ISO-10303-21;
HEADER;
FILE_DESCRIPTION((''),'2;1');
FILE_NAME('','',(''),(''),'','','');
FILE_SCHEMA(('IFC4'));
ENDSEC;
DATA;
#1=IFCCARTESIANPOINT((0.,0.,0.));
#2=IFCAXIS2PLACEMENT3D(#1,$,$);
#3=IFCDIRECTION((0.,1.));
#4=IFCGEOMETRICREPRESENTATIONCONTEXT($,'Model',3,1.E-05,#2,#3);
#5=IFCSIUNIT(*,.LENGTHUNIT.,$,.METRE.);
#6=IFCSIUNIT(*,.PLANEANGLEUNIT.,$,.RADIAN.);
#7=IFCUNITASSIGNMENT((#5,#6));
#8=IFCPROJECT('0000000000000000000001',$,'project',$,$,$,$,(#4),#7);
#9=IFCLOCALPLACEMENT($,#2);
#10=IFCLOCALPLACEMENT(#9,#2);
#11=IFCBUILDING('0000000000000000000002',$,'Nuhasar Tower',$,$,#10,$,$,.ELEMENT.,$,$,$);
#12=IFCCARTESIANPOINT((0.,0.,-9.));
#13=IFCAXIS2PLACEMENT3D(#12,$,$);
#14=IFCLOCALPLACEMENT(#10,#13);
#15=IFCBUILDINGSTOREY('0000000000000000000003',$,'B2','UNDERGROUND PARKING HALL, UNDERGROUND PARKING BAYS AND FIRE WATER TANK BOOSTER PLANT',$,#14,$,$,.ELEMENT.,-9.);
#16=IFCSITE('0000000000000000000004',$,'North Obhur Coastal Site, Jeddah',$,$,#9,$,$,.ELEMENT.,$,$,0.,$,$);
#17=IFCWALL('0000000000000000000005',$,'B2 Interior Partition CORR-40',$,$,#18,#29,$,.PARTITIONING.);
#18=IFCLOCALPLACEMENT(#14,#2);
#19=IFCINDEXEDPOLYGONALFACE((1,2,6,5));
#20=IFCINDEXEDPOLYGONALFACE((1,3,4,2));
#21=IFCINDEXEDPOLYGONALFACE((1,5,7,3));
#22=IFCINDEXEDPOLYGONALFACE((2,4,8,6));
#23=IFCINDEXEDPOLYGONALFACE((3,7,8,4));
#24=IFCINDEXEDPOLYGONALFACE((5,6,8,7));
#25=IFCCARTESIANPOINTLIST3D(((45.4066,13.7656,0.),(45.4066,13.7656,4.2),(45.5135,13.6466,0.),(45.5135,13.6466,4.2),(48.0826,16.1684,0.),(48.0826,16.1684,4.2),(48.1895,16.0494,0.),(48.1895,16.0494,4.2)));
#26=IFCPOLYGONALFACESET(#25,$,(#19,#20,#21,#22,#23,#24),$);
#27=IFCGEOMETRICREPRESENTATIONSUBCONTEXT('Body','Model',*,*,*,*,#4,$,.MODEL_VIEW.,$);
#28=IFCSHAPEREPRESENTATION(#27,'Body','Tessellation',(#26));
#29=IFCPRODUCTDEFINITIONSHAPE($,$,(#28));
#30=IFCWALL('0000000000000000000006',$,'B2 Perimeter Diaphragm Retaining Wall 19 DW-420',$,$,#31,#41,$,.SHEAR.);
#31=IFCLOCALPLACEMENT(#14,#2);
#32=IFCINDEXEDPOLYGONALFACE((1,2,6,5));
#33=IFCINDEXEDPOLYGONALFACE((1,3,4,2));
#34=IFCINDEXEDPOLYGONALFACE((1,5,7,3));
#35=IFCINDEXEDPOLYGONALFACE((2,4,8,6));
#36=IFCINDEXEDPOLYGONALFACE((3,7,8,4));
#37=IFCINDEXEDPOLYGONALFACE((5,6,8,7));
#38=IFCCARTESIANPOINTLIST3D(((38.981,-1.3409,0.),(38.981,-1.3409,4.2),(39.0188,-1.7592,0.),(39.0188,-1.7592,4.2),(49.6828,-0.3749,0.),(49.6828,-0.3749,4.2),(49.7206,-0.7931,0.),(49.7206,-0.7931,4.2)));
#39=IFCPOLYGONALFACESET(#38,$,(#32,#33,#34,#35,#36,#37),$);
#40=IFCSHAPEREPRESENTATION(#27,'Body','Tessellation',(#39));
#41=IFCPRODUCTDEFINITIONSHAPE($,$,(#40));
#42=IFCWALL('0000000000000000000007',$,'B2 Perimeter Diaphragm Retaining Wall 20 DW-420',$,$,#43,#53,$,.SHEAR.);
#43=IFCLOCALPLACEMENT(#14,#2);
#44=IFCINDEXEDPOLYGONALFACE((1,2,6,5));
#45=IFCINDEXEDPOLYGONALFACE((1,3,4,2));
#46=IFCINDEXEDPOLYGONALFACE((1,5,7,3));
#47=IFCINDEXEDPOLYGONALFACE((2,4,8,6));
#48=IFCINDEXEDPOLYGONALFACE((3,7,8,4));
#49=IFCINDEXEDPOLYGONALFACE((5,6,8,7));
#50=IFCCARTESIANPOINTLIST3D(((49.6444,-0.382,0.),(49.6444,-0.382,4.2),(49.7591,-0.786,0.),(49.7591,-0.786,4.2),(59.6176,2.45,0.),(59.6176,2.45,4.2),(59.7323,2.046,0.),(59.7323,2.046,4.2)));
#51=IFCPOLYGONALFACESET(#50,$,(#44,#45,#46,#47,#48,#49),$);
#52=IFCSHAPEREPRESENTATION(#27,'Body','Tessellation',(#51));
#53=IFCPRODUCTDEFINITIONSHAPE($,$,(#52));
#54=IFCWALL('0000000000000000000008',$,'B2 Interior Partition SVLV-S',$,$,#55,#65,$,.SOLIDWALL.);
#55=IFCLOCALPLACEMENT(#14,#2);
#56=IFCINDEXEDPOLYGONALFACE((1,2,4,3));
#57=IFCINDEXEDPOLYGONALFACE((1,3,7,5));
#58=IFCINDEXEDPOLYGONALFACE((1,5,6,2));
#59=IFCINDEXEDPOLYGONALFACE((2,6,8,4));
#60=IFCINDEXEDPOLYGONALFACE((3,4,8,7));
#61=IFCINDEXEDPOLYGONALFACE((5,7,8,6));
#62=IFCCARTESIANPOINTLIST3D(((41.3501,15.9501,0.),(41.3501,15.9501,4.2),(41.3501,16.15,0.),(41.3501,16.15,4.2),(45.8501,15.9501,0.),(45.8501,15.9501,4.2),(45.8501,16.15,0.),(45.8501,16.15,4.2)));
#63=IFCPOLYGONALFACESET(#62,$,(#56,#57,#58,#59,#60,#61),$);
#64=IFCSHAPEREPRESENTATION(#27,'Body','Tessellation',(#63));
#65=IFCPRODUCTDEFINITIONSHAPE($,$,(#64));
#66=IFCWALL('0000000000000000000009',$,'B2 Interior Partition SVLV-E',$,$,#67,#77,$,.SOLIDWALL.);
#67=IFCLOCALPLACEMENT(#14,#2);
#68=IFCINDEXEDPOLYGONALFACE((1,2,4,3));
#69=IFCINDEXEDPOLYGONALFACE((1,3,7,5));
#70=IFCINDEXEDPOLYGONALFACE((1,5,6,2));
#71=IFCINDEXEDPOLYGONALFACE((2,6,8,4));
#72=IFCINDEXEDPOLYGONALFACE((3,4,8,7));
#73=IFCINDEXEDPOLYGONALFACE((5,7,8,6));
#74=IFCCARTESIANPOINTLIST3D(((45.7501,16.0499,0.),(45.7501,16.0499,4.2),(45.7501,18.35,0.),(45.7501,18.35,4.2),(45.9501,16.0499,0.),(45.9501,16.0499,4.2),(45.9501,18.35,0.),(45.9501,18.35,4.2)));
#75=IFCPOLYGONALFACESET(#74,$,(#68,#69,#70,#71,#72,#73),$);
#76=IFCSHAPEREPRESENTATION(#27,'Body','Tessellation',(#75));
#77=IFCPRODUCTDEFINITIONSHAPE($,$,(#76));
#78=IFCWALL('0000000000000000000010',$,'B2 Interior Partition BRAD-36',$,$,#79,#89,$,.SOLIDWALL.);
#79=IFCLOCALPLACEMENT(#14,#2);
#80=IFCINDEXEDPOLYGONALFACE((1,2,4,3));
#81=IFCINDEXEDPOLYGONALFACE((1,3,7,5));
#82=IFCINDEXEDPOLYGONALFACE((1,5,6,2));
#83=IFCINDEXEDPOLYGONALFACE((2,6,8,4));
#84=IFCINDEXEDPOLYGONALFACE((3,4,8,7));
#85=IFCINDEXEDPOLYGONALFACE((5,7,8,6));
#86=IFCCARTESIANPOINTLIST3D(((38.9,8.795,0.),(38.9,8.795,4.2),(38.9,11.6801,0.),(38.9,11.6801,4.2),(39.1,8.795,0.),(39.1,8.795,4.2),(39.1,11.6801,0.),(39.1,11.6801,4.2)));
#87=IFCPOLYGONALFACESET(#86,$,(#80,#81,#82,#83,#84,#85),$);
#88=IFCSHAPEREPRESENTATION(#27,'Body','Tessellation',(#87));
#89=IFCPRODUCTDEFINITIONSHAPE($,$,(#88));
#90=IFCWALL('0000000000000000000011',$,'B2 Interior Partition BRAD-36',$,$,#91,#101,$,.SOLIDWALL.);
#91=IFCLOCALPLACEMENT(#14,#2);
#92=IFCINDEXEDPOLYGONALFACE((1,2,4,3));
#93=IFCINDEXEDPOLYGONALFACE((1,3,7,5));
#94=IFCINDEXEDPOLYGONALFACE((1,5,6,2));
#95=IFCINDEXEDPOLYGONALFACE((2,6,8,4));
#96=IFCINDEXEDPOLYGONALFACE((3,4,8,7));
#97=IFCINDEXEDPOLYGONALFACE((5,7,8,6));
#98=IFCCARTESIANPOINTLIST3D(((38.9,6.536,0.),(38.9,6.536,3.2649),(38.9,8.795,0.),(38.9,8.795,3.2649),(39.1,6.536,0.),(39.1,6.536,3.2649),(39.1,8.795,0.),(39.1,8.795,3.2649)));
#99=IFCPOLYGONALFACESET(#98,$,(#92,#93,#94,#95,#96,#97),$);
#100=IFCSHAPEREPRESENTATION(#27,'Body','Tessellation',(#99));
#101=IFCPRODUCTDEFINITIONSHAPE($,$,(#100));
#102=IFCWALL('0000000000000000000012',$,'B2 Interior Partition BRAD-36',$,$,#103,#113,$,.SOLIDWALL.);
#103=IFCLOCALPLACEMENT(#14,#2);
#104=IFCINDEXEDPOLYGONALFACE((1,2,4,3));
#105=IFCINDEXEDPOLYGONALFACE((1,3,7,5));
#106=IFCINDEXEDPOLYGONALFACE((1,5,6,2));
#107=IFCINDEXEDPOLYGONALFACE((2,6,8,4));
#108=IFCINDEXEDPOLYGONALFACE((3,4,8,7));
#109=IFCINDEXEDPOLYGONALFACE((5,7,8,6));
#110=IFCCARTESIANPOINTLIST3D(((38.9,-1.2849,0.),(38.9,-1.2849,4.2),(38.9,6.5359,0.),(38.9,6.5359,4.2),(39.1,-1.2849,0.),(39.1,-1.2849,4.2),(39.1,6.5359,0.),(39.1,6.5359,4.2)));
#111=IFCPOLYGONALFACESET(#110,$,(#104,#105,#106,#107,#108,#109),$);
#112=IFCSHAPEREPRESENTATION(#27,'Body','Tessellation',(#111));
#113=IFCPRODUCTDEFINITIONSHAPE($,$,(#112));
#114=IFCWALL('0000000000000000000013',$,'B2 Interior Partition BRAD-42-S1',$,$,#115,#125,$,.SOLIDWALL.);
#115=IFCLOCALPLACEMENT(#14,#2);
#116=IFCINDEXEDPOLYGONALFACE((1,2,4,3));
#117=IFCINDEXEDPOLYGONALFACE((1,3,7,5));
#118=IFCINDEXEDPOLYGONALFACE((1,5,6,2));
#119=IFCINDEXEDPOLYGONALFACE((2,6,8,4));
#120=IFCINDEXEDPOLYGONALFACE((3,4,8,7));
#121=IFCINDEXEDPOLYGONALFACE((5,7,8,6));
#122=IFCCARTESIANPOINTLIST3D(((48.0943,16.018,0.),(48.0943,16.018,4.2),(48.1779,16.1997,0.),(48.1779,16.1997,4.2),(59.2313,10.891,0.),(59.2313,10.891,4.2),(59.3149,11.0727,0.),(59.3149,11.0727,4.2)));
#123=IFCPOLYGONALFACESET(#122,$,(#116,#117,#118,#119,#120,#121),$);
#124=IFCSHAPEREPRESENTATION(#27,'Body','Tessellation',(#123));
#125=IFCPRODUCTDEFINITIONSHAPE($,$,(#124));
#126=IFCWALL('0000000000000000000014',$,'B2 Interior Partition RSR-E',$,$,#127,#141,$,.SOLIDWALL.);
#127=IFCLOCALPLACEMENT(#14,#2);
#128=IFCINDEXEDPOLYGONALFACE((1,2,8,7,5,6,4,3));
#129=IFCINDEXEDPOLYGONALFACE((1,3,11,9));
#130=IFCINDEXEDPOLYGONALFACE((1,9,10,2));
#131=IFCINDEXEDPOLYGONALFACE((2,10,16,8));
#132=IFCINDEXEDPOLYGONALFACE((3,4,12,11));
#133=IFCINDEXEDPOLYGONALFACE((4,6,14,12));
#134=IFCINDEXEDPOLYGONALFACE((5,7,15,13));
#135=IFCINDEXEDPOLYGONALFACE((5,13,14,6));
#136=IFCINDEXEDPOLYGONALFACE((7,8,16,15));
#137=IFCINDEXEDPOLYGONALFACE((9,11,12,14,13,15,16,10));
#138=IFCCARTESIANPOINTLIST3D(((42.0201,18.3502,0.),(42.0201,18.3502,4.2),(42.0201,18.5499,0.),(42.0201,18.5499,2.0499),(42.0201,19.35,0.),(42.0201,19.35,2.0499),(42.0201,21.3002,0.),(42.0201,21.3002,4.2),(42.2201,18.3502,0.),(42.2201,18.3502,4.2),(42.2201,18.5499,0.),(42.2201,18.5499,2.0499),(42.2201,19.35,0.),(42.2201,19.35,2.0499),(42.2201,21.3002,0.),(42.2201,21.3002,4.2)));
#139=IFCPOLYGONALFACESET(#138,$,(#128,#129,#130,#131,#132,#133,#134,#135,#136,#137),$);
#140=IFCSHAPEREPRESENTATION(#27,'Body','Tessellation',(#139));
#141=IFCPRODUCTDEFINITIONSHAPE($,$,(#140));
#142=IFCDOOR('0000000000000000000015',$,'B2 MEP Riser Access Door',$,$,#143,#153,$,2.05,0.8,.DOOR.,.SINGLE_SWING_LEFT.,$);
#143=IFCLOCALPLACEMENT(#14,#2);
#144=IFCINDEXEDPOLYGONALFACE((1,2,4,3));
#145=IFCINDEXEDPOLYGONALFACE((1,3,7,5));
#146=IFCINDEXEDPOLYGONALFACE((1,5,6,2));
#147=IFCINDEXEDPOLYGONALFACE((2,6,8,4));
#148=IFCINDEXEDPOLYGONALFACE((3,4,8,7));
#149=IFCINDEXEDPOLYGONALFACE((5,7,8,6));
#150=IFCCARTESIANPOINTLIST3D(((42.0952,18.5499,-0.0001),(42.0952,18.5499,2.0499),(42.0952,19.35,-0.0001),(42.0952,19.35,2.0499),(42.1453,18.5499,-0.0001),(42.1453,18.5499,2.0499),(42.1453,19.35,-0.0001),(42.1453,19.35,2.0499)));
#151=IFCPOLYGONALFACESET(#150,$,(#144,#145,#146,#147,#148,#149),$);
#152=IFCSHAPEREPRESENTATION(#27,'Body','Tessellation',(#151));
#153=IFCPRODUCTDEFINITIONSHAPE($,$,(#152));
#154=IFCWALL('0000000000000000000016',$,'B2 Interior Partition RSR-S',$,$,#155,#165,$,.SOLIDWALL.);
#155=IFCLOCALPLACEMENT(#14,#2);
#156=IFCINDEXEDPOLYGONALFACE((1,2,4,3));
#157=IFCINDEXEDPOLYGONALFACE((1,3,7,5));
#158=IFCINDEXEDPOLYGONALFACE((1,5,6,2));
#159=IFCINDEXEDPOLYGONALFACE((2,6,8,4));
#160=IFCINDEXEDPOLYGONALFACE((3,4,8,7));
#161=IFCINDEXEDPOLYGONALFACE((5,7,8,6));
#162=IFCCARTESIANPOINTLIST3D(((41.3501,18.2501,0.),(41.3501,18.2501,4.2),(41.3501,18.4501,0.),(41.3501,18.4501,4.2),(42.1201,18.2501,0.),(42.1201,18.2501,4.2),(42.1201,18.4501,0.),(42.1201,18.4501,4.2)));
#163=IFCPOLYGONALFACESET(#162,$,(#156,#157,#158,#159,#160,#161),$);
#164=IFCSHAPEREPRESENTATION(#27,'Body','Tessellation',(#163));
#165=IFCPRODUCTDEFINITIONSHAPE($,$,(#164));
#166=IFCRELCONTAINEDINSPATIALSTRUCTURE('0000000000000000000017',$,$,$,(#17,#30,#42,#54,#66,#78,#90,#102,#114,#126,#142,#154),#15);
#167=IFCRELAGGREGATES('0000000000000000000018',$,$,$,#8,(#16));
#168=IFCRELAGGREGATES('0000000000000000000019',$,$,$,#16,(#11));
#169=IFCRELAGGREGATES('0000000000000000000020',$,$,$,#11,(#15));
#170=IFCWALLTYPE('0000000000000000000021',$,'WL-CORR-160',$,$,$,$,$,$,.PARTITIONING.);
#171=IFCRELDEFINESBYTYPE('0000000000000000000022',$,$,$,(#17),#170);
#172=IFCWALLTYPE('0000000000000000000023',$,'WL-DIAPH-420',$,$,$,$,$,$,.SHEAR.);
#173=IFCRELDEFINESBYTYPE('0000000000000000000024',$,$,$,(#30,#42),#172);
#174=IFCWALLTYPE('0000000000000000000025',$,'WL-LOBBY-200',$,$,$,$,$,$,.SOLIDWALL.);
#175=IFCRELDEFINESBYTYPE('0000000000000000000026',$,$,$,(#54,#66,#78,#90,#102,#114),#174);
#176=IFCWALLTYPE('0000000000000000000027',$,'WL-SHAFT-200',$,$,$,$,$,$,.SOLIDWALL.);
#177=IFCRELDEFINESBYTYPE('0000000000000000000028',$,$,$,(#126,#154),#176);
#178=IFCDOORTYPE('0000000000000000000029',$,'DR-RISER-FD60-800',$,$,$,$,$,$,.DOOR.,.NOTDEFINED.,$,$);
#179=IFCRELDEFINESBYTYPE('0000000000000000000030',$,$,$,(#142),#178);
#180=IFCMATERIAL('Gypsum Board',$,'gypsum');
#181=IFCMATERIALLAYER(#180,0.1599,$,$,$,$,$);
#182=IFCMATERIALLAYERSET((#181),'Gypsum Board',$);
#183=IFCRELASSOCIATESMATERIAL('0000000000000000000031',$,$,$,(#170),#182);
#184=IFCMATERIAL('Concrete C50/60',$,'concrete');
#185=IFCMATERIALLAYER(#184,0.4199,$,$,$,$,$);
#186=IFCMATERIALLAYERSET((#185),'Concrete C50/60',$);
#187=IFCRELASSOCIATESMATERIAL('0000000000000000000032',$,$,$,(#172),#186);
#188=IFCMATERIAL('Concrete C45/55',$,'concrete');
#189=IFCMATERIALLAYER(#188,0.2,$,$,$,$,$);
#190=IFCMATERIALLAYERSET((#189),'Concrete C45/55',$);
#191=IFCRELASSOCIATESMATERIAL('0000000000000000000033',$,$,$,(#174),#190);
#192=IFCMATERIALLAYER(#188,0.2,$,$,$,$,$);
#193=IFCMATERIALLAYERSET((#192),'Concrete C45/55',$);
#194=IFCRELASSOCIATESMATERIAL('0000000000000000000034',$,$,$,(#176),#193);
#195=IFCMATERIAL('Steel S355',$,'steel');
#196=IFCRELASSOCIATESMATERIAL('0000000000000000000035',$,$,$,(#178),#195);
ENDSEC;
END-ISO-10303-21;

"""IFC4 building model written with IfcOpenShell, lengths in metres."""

from ifc_helpers import new_model, si_unit, direction, frame, frame_2d, origin, place, context, subcontext, project, spatial, rectangle, extrude, material, layer, layer_set, type_object, element, fill, save


model = new_model("IFC4")

# Units and contexts
model_context = context("Model", 3, precision=1e-05, world=origin(), true_north=direction((0.0, 1.0)))
body_context = subcontext(model_context, "Body", "Model", "MODEL_VIEW")
ifc_project = project(units=[si_unit("LENGTHUNIT", "METRE"), si_unit("PLANEANGLEUNIT", "RADIAN")], contexts=[model_context])

# Site, building, storey
site_placement = place(None, origin())
site = spatial("IfcSite", under=ifc_project, at=site_placement, Name="North Obhur Coastal Site, Jeddah", CompositionType="ELEMENT", RefElevation=0.0)
building_placement = place(site_placement, origin())
building = spatial("IfcBuilding", under=site, at=building_placement, Name="Nuhasar Tower", CompositionType="ELEMENT")
storey_placement = place(building_placement, frame((0.0, 0.0, -9.0)))
storey = spatial("IfcBuildingStorey", under=building, at=storey_placement, Name="B2", Description="UNDERGROUND PARKING HALL, UNDERGROUND PARKING BAYS AND FIRE WATER TANK BOOSTER PLANT", CompositionType="ELEMENT", Elevation=-9.0)

# Shared definitions
ifc_material_1 = material(Name="Concrete C50/60", Category="concrete")

# Shared definitions
ifc_material_2 = material(Name="Gypsum Board", Category="gypsum")
ifc_layer_1 = layer(ifc_material_2, 0.1599)
ifc_layer_set_1 = layer_set([ifc_layer_1], Name="Gypsum Board")
wall_type_1 = type_object("IfcWallType", Name="WL-CORR-160", PredefinedType="PARTITIONING", material=ifc_layer_set_1)
ifc_material_3 = material(Name="Steel S355", Category="steel")

# Walls
wall_1_placement = place(storey_placement, frame((45.46, 13.7061, 0.0), z_axis=(0.0, 0.0, 1.0), x_axis=(0.744067, 0.668105, 0.0)))
element("IfcWall", 1, at=wall_1_placement, inside=storey, type_object=wall_type_1, Name="B2 Interior Partition CORR-40", PredefinedType="PARTITIONING", context=body_context, shape_type="SweptSolid", body=[
    extrude(rectangle(XDim=3.5964, YDim=0.1599, at=frame_2d((1.7983, 0.0))), origin(), (0.0, 0.0, 1.0), 4.2),
])
ifc_layer_2 = layer(ifc_material_1, 0.4199)
ifc_layer_set_2 = layer_set([ifc_layer_2], Name="Concrete C50/60")
wall_type_2 = type_object("IfcWallType", Name="WL-DIAPH-420", PredefinedType="SHEAR", material=ifc_layer_set_2)
wall_2_placement = place(storey_placement, frame((39.0, -1.55, 0.0), z_axis=(0.0, 0.0, 1.0), x_axis=(0.99595, 0.089905, 0.0)))
element("IfcWall", 2, at=wall_2_placement, inside=storey, type_object=wall_type_2, Name="B2 Perimeter Diaphragm Retaining Wall 19 DW-420", PredefinedType="SHEAR", context=body_context, shape_type="SweptSolid", body=[
    extrude(rectangle(XDim=10.7454, YDim=0.4199, at=frame_2d((5.3726, 0.0))), origin(), (0.0, 0.0, 1.0), 4.2),
])
wall_3_placement = place(storey_placement, frame((49.7019, -0.584, 0.0), z_axis=(0.0, 0.0, 1.0), x_axis=(0.961967, 0.273166, 0.0)))
element("IfcWall", 3, at=wall_3_placement, inside=storey, type_object=wall_type_2, Name="B2 Perimeter Diaphragm Retaining Wall 20 DW-420", PredefinedType="SHEAR", context=body_context, shape_type="SweptSolid", body=[
    extrude(rectangle(XDim=10.3674, YDim=0.4199, at=frame_2d((5.1836, 0.0))), origin(), (0.0, 0.0, 1.0), 4.2),
])

# Shared definitions
ifc_material_4 = material(Name="Concrete C45/55", Category="concrete")
ifc_layer_3 = layer(ifc_material_4, 0.2)
ifc_layer_set_3 = layer_set([ifc_layer_3], Name="Concrete C45/55")
wall_type_3 = type_object("IfcWallType", Name="WL-LOBBY-200", PredefinedType="SOLIDWALL", material=ifc_layer_set_3)

# Walls
wall_4_placement = place(storey_placement, frame((41.3501, 16.05, 0.0), z_axis=(0.0, 0.0, 1.0), x_axis=(1.0, 0.0, 0.0)))
element("IfcWall", 4, at=wall_4_placement, inside=storey, type_object=wall_type_3, Name="B2 Interior Partition SVLV-S", PredefinedType="SOLIDWALL", context=body_context, shape_type="SweptSolid", body=[
    extrude(rectangle(XDim=4.5, YDim=0.2, at=frame_2d((2.25, 0.0))), origin(), (0.0, 0.0, 1.0), 4.2),
])
wall_5_placement = place(storey_placement, frame((45.8501, 16.05, 0.0), z_axis=(0.0, 0.0, 1.0), x_axis=(0.0, 1.0, 0.0)))
element("IfcWall", 5, at=wall_5_placement, inside=storey, type_object=wall_type_3, Name="B2 Interior Partition SVLV-E", PredefinedType="SOLIDWALL", context=body_context, shape_type="SweptSolid", body=[
    extrude(rectangle(XDim=2.3, YDim=0.2, at=frame_2d((1.1499, 0.0))), origin(), (0.0, 0.0, 1.0), 4.2),
])
wall_6_placement = place(storey_placement, frame((39.0, 11.6799, 0.0), z_axis=(0.0, 0.0, 1.0), x_axis=(0.0, -1.0, 0.0)))
element("IfcWall", 6, at=wall_6_placement, inside=storey, type_object=wall_type_3, Name="B2 Interior Partition BRAD-36", PredefinedType="SOLIDWALL", context=body_context, shape_type="SweptSolid", body=[
    extrude(rectangle(XDim=2.885, YDim=0.2, at=frame_2d((1.4424, 0.0))), origin(), (0.0, 0.0, 1.0), 4.2),
])
wall_7_placement = place(storey_placement, frame((39.0, 8.7949, 0.0), z_axis=(0.0, 0.0, 1.0), x_axis=(0.0, -1.0, 0.0)))
element("IfcWall", 7, at=wall_7_placement, inside=storey, type_object=wall_type_3, Name="B2 Interior Partition BRAD-36", PredefinedType="SOLIDWALL", context=body_context, shape_type="SweptSolid", body=[
    extrude(rectangle(XDim=2.259, YDim=0.2, at=frame_2d((1.1294, 0.0))), origin(), (0.0, 0.0, 1.0), 3.2649),
])
wall_8_placement = place(storey_placement, frame((39.0, 6.5359, 0.0), z_axis=(0.0, 0.0, 1.0), x_axis=(0.0, -1.0, 0.0)))
element("IfcWall", 8, at=wall_8_placement, inside=storey, type_object=wall_type_3, Name="B2 Interior Partition BRAD-36", PredefinedType="SOLIDWALL", context=body_context, shape_type="SweptSolid", body=[
    extrude(rectangle(XDim=7.8208, YDim=0.2, at=frame_2d((3.9104, 0.0))), origin(), (0.0, 0.0, 1.0), 4.2),
])
wall_9_placement = place(storey_placement, frame((48.136, 16.1089, 0.0), z_axis=(0.0, 0.0, 1.0), x_axis=(0.908368, -0.418172, 0.0)))
element("IfcWall", 9, at=wall_9_placement, inside=storey, type_object=wall_type_3, Name="B2 Interior Partition BRAD-42-S1", PredefinedType="SOLIDWALL", context=body_context, shape_type="SweptSolid", body=[
    extrude(rectangle(XDim=12.2605, YDim=0.2, at=frame_2d((6.1304, 0.0))), origin(), (0.0, 0.0, 1.0), 4.2),
])

# Wall, opening, door
ifc_layer_4 = layer(ifc_material_4, 0.2)
ifc_layer_set_4 = layer_set([ifc_layer_4], Name="Concrete C45/55")
wall_type_4 = type_object("IfcWallType", Name="WL-SHAFT-200", PredefinedType="SOLIDWALL", material=ifc_layer_set_4)
wall_10_placement = place(storey_placement, frame((42.1201, 18.3501, 0.0), z_axis=(0.0, 0.0, 1.0), x_axis=(0.0, 1.0, 0.0)))
wall_10 = element("IfcWall", 10, at=wall_10_placement, inside=storey, type_object=wall_type_4, Name="B2 Interior Partition RSR-E", PredefinedType="SOLIDWALL", context=body_context, shape_type="SweptSolid", body=[
    extrude(rectangle(XDim=2.95, YDim=0.2, at=frame_2d((1.4751, 0.0))), origin(), (0.0, 0.0, 1.0), 4.2),
])
opening_1_placement = place(wall_10_placement, frame((0.2, 0.0, 0.0)))
opening_1 = element("IfcOpeningElement", 11, at=opening_1_placement, cuts=wall_10, PredefinedType="OPENING", context=body_context, shape_type="SweptSolid", body=[
    extrude(rectangle(XDim=0.8, YDim=2.05, at=frame_2d((0.3999, 1.0249))), frame((0.0, 0.1099, 0.0), z_axis=(0.0, -1.0, 0.0), x_axis=(1.0, 0.0, 0.0)), (0.0, 0.0, 1.0), 0.22),
])
door_type_1 = type_object("IfcDoorType", Name="DR-RISER-FD60-800", OperationType="NOTDEFINED", PredefinedType="DOOR", material=ifc_material_3)
door_1_placement = place(opening_1_placement, origin())
door_1 = element("IfcDoor", 12, at=door_1_placement, inside=storey, type_object=door_type_1, Name="B2 MEP Riser Access Door", OperationType="SINGLE_SWING_LEFT", OverallHeight=2.05, OverallWidth=0.8, PredefinedType="DOOR", context=body_context, shape_type="SweptSolid", body=[
    extrude(rectangle(XDim=0.8, YDim=2.05, at=frame_2d((0.3999, 1.0249))), frame((0.0, 0.0249, 0.0), z_axis=(0.0, -1.0, 0.0), x_axis=(1.0, 0.0, 0.0)), (0.0, 0.0, 1.0), 0.05),
])
fill(opening_1, door_1)

# Wall
wall_11_placement = place(storey_placement, frame((41.3501, 18.3501, 0.0), z_axis=(0.0, 0.0, 1.0), x_axis=(1.0, 0.0, 0.0)))
element("IfcWall", 13, at=wall_11_placement, inside=storey, type_object=wall_type_4, Name="B2 Interior Partition RSR-S", PredefinedType="SOLIDWALL", context=body_context, shape_type="SweptSolid", body=[
    extrude(rectangle(XDim=0.77, YDim=0.2, at=frame_2d((0.385, 0.0))), origin(), (0.0, 0.0, 1.0), 4.2),
])

save(model, "model.ifc")
